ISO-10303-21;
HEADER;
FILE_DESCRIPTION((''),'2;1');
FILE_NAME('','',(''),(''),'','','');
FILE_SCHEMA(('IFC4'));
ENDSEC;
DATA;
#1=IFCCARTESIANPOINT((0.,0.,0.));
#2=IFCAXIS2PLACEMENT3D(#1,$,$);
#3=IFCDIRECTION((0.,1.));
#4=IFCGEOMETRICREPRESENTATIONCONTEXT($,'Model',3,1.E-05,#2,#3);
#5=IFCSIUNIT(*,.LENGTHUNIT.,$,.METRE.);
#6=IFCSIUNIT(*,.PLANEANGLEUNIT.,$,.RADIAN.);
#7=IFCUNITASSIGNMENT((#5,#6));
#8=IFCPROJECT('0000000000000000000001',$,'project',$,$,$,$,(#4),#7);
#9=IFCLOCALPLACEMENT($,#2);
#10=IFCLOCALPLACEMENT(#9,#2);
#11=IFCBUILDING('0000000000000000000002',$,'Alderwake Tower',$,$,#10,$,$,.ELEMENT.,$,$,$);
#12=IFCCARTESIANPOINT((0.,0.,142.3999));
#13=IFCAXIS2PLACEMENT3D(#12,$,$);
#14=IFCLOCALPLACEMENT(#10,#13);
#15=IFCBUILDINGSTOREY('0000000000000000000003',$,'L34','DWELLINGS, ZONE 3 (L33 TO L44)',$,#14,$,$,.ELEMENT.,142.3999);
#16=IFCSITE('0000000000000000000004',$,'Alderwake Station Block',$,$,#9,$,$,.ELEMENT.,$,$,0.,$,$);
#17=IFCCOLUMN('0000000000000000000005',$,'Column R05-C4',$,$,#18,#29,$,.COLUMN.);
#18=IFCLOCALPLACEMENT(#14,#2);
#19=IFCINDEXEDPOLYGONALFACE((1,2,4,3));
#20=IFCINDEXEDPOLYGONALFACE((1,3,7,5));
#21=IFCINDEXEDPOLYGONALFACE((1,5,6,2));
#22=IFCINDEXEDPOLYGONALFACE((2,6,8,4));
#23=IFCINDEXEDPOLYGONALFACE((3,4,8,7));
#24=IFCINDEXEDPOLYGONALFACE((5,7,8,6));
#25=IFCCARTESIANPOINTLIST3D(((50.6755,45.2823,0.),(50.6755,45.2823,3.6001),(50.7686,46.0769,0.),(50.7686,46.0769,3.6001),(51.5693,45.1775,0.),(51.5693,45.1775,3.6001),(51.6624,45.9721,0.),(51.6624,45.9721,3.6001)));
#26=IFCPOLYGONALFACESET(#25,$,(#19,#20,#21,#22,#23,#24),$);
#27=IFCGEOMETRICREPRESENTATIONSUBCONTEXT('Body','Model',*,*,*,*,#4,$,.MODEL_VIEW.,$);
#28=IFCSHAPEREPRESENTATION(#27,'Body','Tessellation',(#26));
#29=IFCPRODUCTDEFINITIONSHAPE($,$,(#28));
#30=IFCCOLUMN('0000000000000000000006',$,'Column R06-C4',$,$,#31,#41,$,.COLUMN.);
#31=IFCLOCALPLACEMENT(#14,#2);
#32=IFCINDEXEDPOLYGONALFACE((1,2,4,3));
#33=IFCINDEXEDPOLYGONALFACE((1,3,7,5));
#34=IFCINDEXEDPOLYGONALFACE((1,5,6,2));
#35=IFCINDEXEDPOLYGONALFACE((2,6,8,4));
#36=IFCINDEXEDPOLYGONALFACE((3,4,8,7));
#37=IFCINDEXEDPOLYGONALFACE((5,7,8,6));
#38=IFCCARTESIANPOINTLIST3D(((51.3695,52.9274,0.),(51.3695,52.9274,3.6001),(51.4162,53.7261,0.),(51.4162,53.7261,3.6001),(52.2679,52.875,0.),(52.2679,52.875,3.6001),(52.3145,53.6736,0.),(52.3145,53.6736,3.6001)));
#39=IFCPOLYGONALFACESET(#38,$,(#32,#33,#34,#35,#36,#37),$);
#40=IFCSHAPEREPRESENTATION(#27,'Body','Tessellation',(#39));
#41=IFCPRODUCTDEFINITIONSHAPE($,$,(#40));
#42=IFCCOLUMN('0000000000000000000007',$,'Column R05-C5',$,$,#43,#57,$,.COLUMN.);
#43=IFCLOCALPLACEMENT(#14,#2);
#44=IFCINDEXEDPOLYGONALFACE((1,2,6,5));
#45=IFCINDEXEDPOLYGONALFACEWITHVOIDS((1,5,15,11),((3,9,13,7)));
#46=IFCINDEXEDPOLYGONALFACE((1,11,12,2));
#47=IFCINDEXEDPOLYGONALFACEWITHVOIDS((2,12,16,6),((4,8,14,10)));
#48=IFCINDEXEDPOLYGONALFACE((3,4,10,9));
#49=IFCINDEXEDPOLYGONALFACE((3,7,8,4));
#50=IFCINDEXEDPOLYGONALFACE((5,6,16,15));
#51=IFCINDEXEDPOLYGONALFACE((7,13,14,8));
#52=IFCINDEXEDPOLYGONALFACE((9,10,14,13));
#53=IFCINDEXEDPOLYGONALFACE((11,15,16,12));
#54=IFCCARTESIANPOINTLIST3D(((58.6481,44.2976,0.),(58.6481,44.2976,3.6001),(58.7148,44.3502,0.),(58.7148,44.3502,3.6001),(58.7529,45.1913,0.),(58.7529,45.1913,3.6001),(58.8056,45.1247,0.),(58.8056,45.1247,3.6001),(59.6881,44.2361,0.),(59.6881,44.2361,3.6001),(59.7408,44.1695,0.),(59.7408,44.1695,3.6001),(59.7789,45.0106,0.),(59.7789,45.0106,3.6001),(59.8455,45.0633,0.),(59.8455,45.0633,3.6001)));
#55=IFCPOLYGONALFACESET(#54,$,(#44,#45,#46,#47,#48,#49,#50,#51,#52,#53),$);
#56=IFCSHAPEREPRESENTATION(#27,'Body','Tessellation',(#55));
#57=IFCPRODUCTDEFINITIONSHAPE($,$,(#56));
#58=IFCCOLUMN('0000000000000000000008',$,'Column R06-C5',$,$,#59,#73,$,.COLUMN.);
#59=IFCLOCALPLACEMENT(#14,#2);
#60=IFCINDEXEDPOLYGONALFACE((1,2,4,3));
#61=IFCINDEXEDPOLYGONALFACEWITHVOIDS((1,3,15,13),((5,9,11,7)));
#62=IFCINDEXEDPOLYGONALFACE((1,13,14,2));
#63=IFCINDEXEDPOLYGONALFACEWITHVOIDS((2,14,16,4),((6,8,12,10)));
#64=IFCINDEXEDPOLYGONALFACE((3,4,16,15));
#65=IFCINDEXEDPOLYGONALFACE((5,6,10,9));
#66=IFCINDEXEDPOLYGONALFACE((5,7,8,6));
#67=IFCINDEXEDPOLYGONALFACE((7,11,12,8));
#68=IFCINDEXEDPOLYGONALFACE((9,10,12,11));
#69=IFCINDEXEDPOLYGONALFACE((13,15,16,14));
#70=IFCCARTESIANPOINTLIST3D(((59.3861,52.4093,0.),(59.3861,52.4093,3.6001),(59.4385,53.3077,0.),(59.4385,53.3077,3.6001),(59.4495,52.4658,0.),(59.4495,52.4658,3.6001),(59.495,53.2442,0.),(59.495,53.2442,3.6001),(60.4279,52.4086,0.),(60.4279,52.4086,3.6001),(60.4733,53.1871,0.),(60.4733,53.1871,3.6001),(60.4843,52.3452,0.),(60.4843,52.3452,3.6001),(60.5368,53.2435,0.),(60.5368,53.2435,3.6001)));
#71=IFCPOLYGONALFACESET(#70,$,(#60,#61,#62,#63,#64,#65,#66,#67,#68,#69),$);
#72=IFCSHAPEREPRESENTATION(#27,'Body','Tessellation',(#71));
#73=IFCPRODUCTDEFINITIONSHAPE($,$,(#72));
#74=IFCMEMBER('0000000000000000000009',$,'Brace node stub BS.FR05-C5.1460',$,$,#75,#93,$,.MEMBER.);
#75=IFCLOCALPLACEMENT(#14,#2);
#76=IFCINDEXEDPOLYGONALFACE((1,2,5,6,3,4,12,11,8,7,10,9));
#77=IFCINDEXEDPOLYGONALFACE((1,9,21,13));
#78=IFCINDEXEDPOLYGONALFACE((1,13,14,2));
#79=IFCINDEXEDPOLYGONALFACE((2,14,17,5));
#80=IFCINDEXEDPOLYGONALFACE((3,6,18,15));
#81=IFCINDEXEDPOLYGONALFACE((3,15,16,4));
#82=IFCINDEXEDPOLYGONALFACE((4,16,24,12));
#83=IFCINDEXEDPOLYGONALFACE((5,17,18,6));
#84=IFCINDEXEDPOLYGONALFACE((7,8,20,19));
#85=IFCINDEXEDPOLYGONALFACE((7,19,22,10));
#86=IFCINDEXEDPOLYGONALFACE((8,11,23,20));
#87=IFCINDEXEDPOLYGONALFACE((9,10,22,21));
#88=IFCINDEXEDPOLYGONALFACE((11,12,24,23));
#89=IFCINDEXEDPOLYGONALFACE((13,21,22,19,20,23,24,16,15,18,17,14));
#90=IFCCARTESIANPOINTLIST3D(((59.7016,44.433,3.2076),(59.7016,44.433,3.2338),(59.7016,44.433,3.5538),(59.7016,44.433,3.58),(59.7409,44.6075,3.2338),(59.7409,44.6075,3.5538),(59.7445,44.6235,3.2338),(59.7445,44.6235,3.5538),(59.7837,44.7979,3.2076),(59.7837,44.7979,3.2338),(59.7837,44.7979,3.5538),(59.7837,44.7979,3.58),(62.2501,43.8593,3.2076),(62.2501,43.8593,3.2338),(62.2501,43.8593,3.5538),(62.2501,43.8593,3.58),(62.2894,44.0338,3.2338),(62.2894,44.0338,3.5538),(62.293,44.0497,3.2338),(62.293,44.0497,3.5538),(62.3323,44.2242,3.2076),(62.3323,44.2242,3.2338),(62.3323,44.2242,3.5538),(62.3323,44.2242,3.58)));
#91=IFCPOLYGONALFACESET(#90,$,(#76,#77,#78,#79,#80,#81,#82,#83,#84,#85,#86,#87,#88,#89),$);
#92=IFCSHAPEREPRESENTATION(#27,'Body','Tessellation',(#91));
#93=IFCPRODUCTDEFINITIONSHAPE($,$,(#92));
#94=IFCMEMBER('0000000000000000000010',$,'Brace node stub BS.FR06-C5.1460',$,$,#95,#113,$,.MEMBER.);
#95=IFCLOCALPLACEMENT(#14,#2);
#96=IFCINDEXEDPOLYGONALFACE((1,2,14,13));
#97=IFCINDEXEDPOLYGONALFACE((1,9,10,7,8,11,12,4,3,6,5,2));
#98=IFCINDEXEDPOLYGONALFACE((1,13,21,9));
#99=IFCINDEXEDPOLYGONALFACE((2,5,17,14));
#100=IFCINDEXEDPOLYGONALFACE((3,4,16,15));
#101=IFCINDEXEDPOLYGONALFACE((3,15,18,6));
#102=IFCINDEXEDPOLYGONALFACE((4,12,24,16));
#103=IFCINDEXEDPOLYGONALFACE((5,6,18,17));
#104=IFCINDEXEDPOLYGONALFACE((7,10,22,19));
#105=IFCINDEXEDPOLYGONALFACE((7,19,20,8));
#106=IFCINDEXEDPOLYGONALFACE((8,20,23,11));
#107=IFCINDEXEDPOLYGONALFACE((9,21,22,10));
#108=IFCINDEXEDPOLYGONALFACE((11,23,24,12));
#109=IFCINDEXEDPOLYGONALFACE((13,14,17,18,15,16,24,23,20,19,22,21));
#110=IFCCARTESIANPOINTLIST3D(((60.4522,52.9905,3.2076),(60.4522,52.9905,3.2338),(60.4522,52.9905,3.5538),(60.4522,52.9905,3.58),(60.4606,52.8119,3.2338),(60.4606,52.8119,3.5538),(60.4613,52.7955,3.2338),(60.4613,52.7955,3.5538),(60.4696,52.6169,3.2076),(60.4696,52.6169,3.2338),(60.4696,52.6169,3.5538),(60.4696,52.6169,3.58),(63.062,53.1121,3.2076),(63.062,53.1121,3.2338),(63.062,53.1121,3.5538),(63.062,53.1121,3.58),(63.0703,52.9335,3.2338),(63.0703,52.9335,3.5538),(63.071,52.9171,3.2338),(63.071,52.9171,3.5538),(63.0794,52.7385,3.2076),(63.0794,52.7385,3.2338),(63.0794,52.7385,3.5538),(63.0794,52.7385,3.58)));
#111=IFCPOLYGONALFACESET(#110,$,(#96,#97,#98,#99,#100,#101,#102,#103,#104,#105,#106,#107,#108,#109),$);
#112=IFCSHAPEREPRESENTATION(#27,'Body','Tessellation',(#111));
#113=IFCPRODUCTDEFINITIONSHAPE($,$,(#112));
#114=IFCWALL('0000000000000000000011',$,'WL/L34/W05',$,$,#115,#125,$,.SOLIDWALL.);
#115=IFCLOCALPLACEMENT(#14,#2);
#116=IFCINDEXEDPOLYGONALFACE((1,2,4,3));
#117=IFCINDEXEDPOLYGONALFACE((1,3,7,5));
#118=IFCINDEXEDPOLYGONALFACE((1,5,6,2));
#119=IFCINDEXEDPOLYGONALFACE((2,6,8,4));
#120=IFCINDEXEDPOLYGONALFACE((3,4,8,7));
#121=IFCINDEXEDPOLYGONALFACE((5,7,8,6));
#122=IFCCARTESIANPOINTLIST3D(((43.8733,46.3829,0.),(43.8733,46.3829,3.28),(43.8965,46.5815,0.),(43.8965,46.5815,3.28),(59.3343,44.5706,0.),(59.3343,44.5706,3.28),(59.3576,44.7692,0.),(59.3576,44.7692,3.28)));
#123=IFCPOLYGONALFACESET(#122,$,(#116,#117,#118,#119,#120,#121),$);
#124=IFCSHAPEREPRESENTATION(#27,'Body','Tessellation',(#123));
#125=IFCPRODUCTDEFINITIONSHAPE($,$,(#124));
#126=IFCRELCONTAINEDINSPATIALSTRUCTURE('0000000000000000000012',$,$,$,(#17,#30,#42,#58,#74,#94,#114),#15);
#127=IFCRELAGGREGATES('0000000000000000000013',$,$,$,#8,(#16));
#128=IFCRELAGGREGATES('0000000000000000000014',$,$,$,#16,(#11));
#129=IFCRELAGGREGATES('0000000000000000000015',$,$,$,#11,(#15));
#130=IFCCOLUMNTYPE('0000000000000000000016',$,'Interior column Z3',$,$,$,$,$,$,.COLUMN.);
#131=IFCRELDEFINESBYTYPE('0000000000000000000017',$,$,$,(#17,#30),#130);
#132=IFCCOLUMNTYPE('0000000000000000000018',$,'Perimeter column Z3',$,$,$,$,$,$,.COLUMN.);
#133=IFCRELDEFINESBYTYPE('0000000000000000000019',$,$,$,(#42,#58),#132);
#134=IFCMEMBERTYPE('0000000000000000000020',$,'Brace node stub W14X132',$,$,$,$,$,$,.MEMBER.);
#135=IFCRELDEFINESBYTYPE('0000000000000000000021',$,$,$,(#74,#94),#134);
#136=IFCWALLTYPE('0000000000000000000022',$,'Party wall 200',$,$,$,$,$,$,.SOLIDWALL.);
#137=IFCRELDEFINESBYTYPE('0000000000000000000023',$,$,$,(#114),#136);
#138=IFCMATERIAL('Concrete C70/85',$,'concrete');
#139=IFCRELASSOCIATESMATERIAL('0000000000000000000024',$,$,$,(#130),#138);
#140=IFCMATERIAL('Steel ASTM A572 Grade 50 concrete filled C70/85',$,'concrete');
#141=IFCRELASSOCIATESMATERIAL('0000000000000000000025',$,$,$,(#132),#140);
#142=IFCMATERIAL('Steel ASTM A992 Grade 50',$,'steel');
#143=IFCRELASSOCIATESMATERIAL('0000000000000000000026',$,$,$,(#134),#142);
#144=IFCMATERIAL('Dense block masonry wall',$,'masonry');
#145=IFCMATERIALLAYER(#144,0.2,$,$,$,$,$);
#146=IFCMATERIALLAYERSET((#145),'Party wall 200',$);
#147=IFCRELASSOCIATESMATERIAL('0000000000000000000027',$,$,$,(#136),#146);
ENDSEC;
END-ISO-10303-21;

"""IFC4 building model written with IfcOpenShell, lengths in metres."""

from ifc_helpers import new_model, si_unit, direction, frame, frame_2d, origin, origin_2d, place, context, subcontext, project, spatial, rectangle, hollow_rectangle, i_section, extrude, material, layer, layer_set, material_profile, profile_set, type_object, element, save


model = new_model("IFC4")

# Units and contexts
model_context = context("Model", 3, precision=1e-05, world=origin(), true_north=direction((0.0, 1.0)))
body_context = subcontext(model_context, "Body", "Model", "MODEL_VIEW")
ifc_project = project(units=[si_unit("LENGTHUNIT", "METRE"), si_unit("PLANEANGLEUNIT", "RADIAN")], contexts=[model_context])

# Site, building, storey
site_placement = place(None, origin())
site = spatial("IfcSite", under=ifc_project, at=site_placement, Name="Alderwake Station Block", CompositionType="ELEMENT", RefElevation=0.0)
building_placement = place(site_placement, origin())
building = spatial("IfcBuilding", under=site, at=building_placement, Name="Alderwake Tower", CompositionType="ELEMENT")
storey_placement = place(building_placement, frame((0.0, 0.0, 142.3999)))
storey = spatial("IfcBuildingStorey", under=building, at=storey_placement, Name="L34", Description="DWELLINGS, ZONE 3 (L33 TO L44)", CompositionType="ELEMENT", Elevation=142.3999)

# Columns
ifc_material_1 = material(Name="Concrete C70/85", Category="concrete")
ifc_material_profile_1 = material_profile(ifc_material_1, rectangle(XDim=0.8, YDim=0.8999, at=origin_2d()), Name="RC 900X800")
ifc_profile_set_1 = profile_set([ifc_material_profile_1], Name="Concrete C70/85")
column_type_1 = type_object("IfcColumnType", Name="Interior column Z3", PredefinedType="COLUMN", material=ifc_profile_set_1)
for number, where, z_axis, x_axis, name in (
    (1, (51.1689, 45.6272, 0.0), (0.0, 0.0, 1.0), (0.116402, 0.993202, 0.0), "Column R05-C4"),
    (2, (51.842, 53.3005, 0.0), (0.0, 0.0, 1.0), (0.058299, 0.998299, 0.0), "Column R06-C4"),
):
    element("IfcColumn", number, at=place(storey_placement, frame(where, z_axis=z_axis, x_axis=x_axis)), inside=storey, type_object=column_type_1, Name=name, PredefinedType="COLUMN", context=body_context, shape_type="SweptSolid", body=[
        extrude(rectangle(XDim=0.8, YDim=0.8999, at=origin_2d()), origin(), (0.0, 0.0, 1.0), 3.6001),
    ])
ifc_material_2 = material(Name="Steel ASTM A572 Grade 50 concrete filled C70/85", Category="concrete")
ifc_material_profile_2 = material_profile(ifc_material_2, hollow_rectangle(XDim=0.8999, YDim=1.1001, WallThickness=0.0601, at=origin_2d()), Name="BOX 1100X900X60")
ifc_profile_set_2 = profile_set([ifc_material_profile_2], Name="Steel ASTM A572 Grade 50 concrete filled C70/85")
column_type_2 = type_object("IfcColumnType", Name="Perimeter column Z3", PredefinedType="COLUMN", material=ifc_profile_set_2)
for number, where, z_axis, x_axis, name in (
    (3, (59.2468, 44.6804, 0.0), (0.0, 0.0, 1.0), (0.116402, 0.993202, 0.0), "Column R05-C5"),
    (4, (59.9614, 52.8264, 0.0), (0.0, 0.0, 1.0), (0.058301, 0.998299, 0.0), "Column R06-C5"),
):
    element("IfcColumn", number, at=place(storey_placement, frame(where, z_axis=z_axis, x_axis=x_axis)), inside=storey, type_object=column_type_2, Name=name, PredefinedType="COLUMN", context=body_context, shape_type="SweptSolid", body=[
        extrude(hollow_rectangle(XDim=0.8999, YDim=1.1001, WallThickness=0.0601, at=origin_2d()), origin(), (0.0, 0.0, 1.0), 3.6001),
    ])

# Members
ifc_material_3 = material(Name="Steel ASTM A992 Grade 50", Category="steel")
ifc_material_profile_3 = material_profile(ifc_material_3, i_section(OverallWidth=0.374, OverallDepth=0.3723, WebThickness=0.0164, FlangeThickness=0.0261, at=origin_2d()), Name="W14X132")
ifc_profile_set_3 = profile_set([ifc_material_profile_3], Name="Steel ASTM A992 Grade 50")
member_type = type_object("IfcMemberType", Name="Brace node stub W14X132", PredefinedType="MEMBER", material=ifc_profile_set_3)
member_1_placement = place(storey_placement, frame((59.7427, 44.6155, 3.3938), z_axis=(0.975585, -0.219621, 0.0), x_axis=(0.219621, 0.975585, 0.0)))
element("IfcMember", 5, at=member_1_placement, inside=storey, type_object=member_type, Name="Brace node stub BS.FR05-C5.1460", PredefinedType="MEMBER", context=body_context, shape_type="SweptSolid", body=[
    extrude(i_section(OverallWidth=0.374, OverallDepth=0.3723, WebThickness=0.0164, FlangeThickness=0.0261, at=origin_2d()), origin(), (0.0, 0.0, 1.0), 2.6123),
])
member_2_placement = place(storey_placement, frame((60.4609, 52.8037, 3.3938), z_axis=(0.998916, 0.046539, 0.0), x_axis=(-0.046539, 0.998916, 0.0)))
element("IfcMember", 6, at=member_2_placement, inside=storey, type_object=member_type, Name="Brace node stub BS.FR06-C5.1460", PredefinedType="MEMBER", context=body_context, shape_type="SweptSolid", body=[
    extrude(i_section(OverallWidth=0.374, OverallDepth=0.3723, WebThickness=0.0164, FlangeThickness=0.0261, at=origin_2d()), origin(), (0.0, 0.0, 1.0), 2.6125),
])

# Wall
ifc_material_4 = material(Name="Dense block masonry wall", Category="masonry")
ifc_layer_1 = layer(ifc_material_4, 0.2)
ifc_layer_set_1 = layer_set([ifc_layer_1], Name="Party wall 200")
wall_type_1 = type_object("IfcWallType", Name="Party wall 200", PredefinedType="SOLIDWALL", material=ifc_layer_set_1)
wall_1_placement = place(storey_placement, frame((59.3459, 44.6699, 0.0), z_axis=(0.0, 0.0, 1.0), x_axis=(-0.9932, 0.116418, 0.0)))
element("IfcWall", 7, at=wall_1_placement, inside=storey, type_object=wall_type_1, Name="WL/L34/W05", PredefinedType="SOLIDWALL", context=body_context, shape_type="SweptSolid", body=[
    extrude(rectangle(XDim=15.5669, YDim=0.2, at=frame_2d((7.7834, 0.0))), origin(), (0.0, 0.0, 1.0), 3.28),
])

save(model, "model.ifc")
